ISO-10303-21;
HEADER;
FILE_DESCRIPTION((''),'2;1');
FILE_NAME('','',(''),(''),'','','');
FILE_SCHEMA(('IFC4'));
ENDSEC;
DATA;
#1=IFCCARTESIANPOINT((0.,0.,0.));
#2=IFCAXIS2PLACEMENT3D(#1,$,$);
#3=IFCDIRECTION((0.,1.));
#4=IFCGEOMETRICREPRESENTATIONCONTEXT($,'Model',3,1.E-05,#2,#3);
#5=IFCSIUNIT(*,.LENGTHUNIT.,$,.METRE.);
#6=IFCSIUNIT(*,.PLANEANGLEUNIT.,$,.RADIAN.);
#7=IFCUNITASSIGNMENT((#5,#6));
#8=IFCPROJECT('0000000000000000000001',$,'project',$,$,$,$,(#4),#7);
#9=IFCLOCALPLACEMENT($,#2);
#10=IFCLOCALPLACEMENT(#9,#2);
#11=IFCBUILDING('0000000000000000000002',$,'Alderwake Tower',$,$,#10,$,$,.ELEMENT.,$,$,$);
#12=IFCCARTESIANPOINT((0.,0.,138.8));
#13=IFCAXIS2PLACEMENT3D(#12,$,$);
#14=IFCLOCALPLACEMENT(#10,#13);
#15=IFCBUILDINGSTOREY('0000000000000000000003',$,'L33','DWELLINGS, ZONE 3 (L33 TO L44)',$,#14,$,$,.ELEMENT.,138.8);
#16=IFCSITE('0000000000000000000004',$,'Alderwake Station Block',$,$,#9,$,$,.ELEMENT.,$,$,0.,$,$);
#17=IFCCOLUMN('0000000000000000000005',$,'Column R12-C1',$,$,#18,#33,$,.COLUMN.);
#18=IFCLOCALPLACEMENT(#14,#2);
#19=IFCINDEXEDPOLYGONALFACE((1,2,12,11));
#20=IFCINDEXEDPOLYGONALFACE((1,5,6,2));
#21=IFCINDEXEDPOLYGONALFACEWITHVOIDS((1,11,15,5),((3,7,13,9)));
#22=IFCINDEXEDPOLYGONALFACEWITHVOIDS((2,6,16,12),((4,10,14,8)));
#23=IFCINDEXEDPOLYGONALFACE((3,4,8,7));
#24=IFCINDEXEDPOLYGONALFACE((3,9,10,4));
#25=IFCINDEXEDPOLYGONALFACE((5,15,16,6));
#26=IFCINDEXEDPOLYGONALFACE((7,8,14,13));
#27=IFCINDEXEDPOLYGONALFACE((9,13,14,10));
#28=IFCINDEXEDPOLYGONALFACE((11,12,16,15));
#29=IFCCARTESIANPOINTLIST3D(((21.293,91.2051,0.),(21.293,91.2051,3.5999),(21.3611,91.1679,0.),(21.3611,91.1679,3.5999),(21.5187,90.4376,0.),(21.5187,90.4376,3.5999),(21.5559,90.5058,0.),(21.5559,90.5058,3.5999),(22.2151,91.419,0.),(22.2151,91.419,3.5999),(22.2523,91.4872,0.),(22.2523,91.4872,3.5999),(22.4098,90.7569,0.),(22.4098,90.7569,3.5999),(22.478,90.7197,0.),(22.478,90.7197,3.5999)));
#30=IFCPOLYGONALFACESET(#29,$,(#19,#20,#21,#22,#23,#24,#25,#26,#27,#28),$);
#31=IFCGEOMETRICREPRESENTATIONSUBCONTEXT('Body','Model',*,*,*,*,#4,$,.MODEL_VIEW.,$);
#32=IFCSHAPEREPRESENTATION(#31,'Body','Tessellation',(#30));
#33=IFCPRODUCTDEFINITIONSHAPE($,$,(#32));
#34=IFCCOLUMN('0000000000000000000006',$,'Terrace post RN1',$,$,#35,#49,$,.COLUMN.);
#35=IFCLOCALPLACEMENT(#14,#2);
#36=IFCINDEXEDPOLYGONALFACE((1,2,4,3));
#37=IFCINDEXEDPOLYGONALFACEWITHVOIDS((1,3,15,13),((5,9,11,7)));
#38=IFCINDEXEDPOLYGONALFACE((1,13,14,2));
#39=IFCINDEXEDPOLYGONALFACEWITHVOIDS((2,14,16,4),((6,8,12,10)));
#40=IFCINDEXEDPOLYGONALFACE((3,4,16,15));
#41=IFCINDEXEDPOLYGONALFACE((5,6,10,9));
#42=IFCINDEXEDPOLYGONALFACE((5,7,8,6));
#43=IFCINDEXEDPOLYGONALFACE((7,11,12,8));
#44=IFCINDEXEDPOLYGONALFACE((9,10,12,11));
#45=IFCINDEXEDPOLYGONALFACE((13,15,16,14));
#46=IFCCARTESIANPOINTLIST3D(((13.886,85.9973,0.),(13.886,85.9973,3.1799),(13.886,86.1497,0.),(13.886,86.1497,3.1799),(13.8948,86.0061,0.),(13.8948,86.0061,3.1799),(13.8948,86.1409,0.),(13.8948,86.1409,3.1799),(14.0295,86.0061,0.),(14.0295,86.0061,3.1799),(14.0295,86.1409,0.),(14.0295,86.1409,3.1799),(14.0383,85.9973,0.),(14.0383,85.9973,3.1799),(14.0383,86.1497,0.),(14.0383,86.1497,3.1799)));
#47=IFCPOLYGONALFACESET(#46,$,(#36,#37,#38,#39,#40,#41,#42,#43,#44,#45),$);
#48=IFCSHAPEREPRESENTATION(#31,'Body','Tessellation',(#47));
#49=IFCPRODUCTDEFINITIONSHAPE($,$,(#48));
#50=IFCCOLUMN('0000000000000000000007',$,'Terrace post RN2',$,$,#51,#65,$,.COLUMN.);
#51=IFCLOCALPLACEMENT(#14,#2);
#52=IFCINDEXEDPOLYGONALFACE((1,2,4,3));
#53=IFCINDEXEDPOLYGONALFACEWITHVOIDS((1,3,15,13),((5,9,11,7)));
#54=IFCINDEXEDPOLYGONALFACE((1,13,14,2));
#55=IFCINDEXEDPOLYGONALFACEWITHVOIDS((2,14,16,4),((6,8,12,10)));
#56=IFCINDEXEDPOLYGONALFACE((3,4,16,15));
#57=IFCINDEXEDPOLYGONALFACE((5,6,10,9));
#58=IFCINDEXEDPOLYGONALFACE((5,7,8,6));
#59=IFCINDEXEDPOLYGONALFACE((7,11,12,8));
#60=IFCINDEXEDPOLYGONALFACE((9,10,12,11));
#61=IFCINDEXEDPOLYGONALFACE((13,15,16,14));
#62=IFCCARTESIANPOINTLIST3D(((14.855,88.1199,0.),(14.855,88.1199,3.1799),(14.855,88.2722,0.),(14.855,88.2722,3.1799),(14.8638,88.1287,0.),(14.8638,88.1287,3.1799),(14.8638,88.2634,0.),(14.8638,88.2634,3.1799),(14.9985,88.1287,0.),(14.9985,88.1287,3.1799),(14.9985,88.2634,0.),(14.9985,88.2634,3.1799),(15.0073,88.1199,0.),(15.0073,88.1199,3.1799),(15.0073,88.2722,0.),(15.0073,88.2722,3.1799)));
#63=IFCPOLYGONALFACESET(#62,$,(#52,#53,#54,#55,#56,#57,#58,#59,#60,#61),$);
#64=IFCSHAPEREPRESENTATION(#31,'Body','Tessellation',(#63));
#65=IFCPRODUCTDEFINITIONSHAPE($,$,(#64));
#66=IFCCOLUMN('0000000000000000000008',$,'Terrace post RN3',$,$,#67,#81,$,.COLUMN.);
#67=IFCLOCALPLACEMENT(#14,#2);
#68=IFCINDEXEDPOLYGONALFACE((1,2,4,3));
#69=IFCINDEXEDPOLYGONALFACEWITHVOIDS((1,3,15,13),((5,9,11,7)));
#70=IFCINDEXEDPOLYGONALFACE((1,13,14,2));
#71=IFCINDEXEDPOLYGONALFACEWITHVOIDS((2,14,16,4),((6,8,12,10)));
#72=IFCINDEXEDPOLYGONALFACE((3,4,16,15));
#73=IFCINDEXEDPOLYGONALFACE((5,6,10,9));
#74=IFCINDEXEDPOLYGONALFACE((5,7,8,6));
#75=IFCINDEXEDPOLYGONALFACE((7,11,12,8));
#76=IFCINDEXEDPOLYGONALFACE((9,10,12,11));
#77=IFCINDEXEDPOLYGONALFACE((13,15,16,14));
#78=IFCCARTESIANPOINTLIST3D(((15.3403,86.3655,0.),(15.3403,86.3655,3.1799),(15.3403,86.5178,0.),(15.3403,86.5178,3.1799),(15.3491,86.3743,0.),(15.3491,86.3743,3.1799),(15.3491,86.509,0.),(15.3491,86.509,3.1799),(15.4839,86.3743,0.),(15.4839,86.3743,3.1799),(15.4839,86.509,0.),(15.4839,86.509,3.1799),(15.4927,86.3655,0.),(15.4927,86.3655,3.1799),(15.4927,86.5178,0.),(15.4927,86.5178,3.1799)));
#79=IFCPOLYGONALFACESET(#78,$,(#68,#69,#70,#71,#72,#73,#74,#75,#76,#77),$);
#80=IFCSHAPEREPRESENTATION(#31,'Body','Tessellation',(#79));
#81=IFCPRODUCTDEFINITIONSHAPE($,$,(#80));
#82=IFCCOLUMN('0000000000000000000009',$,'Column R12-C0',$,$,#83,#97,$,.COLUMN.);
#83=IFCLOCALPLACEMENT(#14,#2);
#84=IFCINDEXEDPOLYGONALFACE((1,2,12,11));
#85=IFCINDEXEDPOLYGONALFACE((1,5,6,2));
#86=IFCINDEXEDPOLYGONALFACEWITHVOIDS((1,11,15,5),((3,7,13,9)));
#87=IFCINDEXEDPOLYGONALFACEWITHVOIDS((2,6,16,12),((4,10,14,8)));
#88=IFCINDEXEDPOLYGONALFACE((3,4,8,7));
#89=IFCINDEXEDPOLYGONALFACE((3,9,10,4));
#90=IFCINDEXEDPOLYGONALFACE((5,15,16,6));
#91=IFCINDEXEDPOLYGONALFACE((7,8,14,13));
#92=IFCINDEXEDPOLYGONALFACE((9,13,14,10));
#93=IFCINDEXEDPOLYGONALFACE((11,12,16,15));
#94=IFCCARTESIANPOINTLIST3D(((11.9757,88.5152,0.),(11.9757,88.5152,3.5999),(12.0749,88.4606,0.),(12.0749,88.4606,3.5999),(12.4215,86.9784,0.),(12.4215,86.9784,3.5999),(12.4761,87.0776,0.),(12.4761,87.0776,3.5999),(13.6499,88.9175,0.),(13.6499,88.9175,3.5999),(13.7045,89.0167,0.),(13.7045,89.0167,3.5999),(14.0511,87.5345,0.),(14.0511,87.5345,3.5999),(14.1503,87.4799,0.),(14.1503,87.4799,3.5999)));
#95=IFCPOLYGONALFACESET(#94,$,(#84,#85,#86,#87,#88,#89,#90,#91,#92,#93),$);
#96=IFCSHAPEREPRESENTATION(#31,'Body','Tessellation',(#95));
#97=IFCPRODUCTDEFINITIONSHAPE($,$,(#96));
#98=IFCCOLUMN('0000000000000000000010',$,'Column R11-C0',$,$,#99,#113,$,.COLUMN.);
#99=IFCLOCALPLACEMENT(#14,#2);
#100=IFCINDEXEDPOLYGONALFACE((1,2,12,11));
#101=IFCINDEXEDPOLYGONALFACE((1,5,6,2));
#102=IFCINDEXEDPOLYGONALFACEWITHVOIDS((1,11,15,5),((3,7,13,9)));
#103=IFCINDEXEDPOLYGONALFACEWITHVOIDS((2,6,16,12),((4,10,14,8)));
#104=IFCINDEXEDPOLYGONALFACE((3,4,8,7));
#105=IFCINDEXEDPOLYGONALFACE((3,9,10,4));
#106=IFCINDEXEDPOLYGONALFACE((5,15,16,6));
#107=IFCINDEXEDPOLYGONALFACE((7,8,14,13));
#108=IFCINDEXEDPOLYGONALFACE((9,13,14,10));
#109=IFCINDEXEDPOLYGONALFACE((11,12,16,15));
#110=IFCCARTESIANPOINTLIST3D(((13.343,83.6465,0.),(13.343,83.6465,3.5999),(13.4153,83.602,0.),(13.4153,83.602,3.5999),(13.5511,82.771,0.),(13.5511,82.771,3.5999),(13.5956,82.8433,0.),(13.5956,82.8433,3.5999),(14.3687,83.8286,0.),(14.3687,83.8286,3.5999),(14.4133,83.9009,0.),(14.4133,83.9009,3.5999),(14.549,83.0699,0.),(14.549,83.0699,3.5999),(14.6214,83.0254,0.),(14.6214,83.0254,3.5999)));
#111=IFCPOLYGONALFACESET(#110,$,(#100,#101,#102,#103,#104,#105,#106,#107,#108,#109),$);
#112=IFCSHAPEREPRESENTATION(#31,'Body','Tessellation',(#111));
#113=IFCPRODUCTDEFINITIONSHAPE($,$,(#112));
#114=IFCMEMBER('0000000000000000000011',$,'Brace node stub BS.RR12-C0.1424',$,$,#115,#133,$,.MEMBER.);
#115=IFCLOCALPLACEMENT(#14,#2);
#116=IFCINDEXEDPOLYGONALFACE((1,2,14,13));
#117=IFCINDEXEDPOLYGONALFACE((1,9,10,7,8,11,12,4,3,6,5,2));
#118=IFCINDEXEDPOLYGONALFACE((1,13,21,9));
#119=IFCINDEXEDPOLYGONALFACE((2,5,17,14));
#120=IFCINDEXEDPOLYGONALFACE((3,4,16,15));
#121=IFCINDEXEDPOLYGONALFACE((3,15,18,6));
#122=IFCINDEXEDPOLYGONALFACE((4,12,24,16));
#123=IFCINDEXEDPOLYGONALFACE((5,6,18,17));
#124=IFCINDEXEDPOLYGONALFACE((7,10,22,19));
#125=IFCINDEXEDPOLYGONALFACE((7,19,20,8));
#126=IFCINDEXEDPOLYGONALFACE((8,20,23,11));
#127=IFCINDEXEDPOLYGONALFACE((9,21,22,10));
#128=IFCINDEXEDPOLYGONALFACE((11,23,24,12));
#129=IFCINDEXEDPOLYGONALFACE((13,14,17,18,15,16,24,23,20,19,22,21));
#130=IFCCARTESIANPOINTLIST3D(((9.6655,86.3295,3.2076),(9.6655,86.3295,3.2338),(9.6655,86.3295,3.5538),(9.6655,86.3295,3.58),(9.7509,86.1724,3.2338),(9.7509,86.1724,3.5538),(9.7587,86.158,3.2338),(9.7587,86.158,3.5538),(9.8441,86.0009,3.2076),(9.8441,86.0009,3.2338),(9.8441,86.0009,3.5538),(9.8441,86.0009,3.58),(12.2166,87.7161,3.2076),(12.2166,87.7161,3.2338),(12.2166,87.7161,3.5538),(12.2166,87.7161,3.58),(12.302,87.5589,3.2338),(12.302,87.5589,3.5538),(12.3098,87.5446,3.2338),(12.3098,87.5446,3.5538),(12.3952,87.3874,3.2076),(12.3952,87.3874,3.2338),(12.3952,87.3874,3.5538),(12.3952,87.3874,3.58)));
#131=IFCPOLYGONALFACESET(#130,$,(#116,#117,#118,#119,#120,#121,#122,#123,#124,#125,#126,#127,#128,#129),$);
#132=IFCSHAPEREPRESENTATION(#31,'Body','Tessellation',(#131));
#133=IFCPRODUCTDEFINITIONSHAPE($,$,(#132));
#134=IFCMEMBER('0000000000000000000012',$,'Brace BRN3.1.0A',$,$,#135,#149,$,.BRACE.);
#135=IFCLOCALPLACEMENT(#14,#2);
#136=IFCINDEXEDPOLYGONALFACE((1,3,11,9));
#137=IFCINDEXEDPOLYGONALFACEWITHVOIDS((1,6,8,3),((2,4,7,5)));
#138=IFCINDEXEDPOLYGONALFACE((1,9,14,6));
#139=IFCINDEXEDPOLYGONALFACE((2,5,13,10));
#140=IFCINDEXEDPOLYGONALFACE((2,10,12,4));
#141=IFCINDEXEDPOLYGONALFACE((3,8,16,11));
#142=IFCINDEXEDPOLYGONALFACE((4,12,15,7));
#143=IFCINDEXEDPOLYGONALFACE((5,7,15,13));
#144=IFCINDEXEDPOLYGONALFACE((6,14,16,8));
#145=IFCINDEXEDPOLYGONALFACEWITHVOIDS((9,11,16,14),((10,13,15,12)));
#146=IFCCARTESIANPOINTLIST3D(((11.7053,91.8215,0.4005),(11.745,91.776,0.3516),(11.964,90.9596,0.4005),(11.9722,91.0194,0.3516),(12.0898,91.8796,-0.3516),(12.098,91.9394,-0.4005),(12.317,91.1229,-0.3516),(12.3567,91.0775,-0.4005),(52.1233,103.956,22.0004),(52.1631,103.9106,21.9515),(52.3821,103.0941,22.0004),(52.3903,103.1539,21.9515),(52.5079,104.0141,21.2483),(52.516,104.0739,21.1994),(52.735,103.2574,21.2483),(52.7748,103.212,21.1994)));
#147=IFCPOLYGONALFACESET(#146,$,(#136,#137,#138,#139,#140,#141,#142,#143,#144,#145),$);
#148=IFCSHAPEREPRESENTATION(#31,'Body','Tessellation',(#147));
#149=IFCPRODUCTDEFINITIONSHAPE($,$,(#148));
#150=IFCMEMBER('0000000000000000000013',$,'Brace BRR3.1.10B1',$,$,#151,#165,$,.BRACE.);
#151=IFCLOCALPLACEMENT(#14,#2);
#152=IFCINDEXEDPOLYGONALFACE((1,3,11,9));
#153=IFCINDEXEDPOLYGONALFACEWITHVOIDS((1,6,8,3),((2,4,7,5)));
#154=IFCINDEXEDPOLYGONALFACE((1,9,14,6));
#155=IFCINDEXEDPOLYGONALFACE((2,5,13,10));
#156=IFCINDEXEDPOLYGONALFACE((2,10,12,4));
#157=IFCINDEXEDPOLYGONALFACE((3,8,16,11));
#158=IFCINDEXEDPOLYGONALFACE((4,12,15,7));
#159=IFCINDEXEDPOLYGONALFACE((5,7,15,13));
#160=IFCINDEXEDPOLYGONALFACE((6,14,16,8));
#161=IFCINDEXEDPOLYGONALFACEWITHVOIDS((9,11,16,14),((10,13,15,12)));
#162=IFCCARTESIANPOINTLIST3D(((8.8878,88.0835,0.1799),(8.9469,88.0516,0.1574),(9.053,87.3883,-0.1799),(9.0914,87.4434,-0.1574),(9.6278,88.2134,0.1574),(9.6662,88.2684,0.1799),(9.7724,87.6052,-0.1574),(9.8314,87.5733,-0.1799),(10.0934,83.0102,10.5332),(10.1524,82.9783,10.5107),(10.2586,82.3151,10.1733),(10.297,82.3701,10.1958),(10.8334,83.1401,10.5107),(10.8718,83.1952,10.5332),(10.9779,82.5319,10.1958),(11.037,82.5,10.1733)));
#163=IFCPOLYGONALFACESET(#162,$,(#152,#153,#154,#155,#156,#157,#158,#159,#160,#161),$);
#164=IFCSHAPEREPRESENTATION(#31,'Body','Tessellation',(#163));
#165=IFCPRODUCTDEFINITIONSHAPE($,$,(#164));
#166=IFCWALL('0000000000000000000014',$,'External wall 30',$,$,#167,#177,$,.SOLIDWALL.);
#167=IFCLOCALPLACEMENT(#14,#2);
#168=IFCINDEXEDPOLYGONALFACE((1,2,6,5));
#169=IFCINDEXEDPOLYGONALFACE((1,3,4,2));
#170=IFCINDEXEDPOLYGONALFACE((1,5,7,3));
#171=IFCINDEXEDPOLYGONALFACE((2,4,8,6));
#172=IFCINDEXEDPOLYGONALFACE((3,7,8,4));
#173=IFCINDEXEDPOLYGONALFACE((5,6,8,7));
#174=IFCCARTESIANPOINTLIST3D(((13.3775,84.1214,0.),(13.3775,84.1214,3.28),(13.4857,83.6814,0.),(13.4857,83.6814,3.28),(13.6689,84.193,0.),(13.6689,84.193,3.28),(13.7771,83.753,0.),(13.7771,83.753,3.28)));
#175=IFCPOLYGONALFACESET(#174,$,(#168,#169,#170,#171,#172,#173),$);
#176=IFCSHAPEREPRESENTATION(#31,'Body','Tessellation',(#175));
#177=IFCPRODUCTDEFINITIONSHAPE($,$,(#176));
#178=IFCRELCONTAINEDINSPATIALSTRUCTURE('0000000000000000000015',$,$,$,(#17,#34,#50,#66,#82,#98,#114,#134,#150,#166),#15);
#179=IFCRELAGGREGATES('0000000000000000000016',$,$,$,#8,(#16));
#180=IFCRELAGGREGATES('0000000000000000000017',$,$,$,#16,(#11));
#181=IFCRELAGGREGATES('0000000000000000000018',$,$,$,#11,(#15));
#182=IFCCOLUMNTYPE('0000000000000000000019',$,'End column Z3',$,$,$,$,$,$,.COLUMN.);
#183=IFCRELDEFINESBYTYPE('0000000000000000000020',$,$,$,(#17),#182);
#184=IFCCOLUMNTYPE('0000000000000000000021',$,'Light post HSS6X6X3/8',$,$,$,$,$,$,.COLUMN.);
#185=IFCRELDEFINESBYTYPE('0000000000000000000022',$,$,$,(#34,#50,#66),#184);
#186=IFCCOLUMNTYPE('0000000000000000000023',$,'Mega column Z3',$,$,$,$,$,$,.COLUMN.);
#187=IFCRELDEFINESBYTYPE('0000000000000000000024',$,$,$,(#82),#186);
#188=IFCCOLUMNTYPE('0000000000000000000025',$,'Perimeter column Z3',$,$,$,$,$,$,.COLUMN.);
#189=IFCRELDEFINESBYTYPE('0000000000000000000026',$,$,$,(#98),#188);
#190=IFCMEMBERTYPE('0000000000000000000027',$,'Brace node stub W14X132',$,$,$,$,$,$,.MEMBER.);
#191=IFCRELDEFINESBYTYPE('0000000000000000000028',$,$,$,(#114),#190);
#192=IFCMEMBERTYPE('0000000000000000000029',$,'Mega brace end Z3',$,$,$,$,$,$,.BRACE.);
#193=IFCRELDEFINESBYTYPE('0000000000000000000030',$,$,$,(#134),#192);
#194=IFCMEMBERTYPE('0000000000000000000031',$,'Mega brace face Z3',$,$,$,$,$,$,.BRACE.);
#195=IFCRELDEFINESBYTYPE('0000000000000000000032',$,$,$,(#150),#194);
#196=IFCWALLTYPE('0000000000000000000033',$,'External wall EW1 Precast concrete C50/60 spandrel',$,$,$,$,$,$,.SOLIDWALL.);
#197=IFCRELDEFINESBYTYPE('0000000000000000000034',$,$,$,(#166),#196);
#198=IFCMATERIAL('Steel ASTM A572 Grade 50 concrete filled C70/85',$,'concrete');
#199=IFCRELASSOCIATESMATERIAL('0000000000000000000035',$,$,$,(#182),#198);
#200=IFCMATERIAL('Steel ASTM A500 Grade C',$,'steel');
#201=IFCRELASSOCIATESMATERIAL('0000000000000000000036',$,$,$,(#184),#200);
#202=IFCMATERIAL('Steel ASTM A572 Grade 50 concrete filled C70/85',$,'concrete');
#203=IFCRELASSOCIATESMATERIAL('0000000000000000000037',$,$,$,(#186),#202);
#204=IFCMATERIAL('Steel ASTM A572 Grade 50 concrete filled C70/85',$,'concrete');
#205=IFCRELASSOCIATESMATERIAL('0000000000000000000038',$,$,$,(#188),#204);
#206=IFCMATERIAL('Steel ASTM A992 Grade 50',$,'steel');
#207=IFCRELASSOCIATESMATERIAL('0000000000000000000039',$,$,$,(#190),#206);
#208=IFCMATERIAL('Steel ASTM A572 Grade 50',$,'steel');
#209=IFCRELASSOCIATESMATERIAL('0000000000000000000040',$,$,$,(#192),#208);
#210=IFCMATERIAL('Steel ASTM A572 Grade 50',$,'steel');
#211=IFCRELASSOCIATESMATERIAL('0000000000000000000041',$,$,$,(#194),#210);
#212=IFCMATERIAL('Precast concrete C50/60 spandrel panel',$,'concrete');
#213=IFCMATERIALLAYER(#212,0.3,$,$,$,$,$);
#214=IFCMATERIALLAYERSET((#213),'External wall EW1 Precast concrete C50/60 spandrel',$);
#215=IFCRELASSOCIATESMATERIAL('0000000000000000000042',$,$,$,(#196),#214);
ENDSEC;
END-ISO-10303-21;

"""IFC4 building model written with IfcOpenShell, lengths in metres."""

from ifc_helpers import new_model, si_unit, direction, frame, frame_2d, origin, origin_2d, place, context, subcontext, project, spatial, rectangle, hollow_rectangle, i_section, extrude, material, layer, layer_set, material_profile, profile_set, type_object, element, save


model = new_model("IFC4")

# Units and contexts
model_context = context("Model", 3, precision=1e-05, world=origin(), true_north=direction((0.0, 1.0)))
body_context = subcontext(model_context, "Body", "Model", "MODEL_VIEW")
ifc_project = project(units=[si_unit("LENGTHUNIT", "METRE"), si_unit("PLANEANGLEUNIT", "RADIAN")], contexts=[model_context])

# Site, building, storey
site_placement = place(None, origin())
site = spatial("IfcSite", under=ifc_project, at=site_placement, Name="Alderwake Station Block", CompositionType="ELEMENT", RefElevation=0.0)
building_placement = place(site_placement, origin())
building = spatial("IfcBuilding", under=site, at=building_placement, Name="Alderwake Tower", CompositionType="ELEMENT")
storey_placement = place(building_placement, frame((0.0, 0.0, 138.8)))
storey = spatial("IfcBuildingStorey", under=building, at=storey_placement, Name="L33", Description="DWELLINGS, ZONE 3 (L33 TO L44)", CompositionType="ELEMENT", Elevation=138.8)

# Columns
ifc_material_1 = material(Name="Steel ASTM A572 Grade 50 concrete filled C70/85", Category="concrete")
ifc_material_profile_1 = material_profile(ifc_material_1, hollow_rectangle(XDim=0.8, YDim=1.0, WallThickness=0.0549, at=origin_2d()), Name="BOX 1000X800X55")
ifc_profile_set_1 = profile_set([ifc_material_profile_1], Name="Steel ASTM A572 Grade 50 concrete filled C70/85")
column_type_1 = type_object("IfcColumnType", Name="End column Z3", PredefinedType="COLUMN", material=ifc_profile_set_1)
column_1_placement = place(storey_placement, frame((21.8855, 90.9624, 0.0), z_axis=(0.0, 0.0, 1.0), x_axis=(-0.282132, 0.959376, 0.0)))
element("IfcColumn", 1, at=column_1_placement, inside=storey, type_object=column_type_1, Name="Column R12-C1", PredefinedType="COLUMN", context=body_context, shape_type="SweptSolid", body=[
    extrude(hollow_rectangle(XDim=0.8, YDim=1.0, WallThickness=0.0549, at=origin_2d()), origin(), (0.0, 0.0, 1.0), 3.5999),
])
ifc_material_2 = material(Name="Steel ASTM A500 Grade C", Category="steel")
ifc_material_profile_2 = material_profile(ifc_material_2, hollow_rectangle(XDim=0.1523, YDim=0.1523, WallThickness=0.0088, at=origin_2d()), Name="HSS6X6X3/8")
ifc_profile_set_2 = profile_set([ifc_material_profile_2], Name="Steel ASTM A500 Grade C")
column_type_2 = type_object("IfcColumnType", Name="Light post HSS6X6X3/8", PredefinedType="COLUMN", material=ifc_profile_set_2)
for number, where, z_axis, x_axis, name in (
    (2, (13.9622, 86.0735, 0.0), (0.0, 0.0, 1.0), (1.0, 0.0, 0.0), "Terrace post RN1"),
    (3, (14.9312, 88.196, 0.0), (0.0, 0.0, 1.0), (1.0, 0.0, 0.0), "Terrace post RN2"),
    (4, (15.4165, 86.4417, 0.0), (0.0, 0.0, 1.0), (1.0, 0.0, 0.0), "Terrace post RN3"),
):
    element("IfcColumn", number, at=place(storey_placement, frame(where, z_axis=z_axis, x_axis=x_axis)), inside=storey, type_object=column_type_2, Name=name, PredefinedType="COLUMN", context=body_context, shape_type="SweptSolid", body=[
        extrude(hollow_rectangle(XDim=0.1523, YDim=0.1523, WallThickness=0.0088, at=origin_2d()), origin(), (0.0, 0.0, 1.0), 3.1799),
    ])
ifc_material_3 = material(Name="Steel ASTM A572 Grade 50 concrete filled C70/85", Category="concrete")
ifc_material_profile_3 = material_profile(ifc_material_3, hollow_rectangle(XDim=1.6001, YDim=1.8, WallThickness=0.0801, at=origin_2d()), Name="BOX 1800X1600X80")
ifc_profile_set_3 = profile_set([ifc_material_profile_3], Name="Steel ASTM A572 Grade 50 concrete filled C70/85")
column_type_3 = type_object("IfcColumnType", Name="Mega column Z3", PredefinedType="COLUMN", material=ifc_profile_set_3)
column_2_placement = place(storey_placement, frame((13.063, 87.9976, 0.0), z_axis=(0.0, 0.0, 1.0), x_axis=(-0.278612, 0.960404, 0.0)))
element("IfcColumn", 5, at=column_2_placement, inside=storey, type_object=column_type_3, Name="Column R12-C0", PredefinedType="COLUMN", context=body_context, shape_type="SweptSolid", body=[
    extrude(hollow_rectangle(XDim=1.6001, YDim=1.8, WallThickness=0.0801, at=origin_2d()), origin(), (0.0, 0.0, 1.0), 3.5999),
])
ifc_material_4 = material(Name="Steel ASTM A572 Grade 50 concrete filled C70/85", Category="concrete")
ifc_material_profile_4 = material_profile(ifc_material_4, hollow_rectangle(XDim=0.8999, YDim=1.1001, WallThickness=0.0601, at=origin_2d()), Name="BOX 1100X900X60")
ifc_profile_set_4 = profile_set([ifc_material_profile_4], Name="Steel ASTM A572 Grade 50 concrete filled C70/85")
column_type_4 = type_object("IfcColumnType", Name="Perimeter column Z3", PredefinedType="COLUMN", material=ifc_profile_set_4)
column_3_placement = place(storey_placement, frame((13.9822, 83.3359, 0.0), z_axis=(0.0, 0.0, 1.0), x_axis=(-0.231222, 0.972901, 0.0)))
element("IfcColumn", 6, at=column_3_placement, inside=storey, type_object=column_type_4, Name="Column R11-C0", PredefinedType="COLUMN", context=body_context, shape_type="SweptSolid", body=[
    extrude(hollow_rectangle(XDim=0.8999, YDim=1.1001, WallThickness=0.0601, at=origin_2d()), origin(), (0.0, 0.0, 1.0), 3.5999),
])

# Members
ifc_material_5 = material(Name="Steel ASTM A992 Grade 50", Category="steel")
ifc_material_profile_5 = material_profile(ifc_material_5, i_section(OverallWidth=0.374, OverallDepth=0.3723, WebThickness=0.0164, FlangeThickness=0.0261, at=origin_2d()), Name="W14X132")
ifc_profile_set_5 = profile_set([ifc_material_profile_5], Name="Steel ASTM A992 Grade 50")
member_type_1 = type_object("IfcMemberType", Name="Brace node stub W14X132", PredefinedType="MEMBER", material=ifc_profile_set_5)
member_1_placement = place(storey_placement, frame((12.3059, 87.5518, 3.3938), z_axis=(-0.878618, -0.477526, 0.0), x_axis=(0.477526, -0.878618, 0.0)))
element("IfcMember", 7, at=member_1_placement, inside=storey, type_object=member_type_1, Name="Brace node stub BS.RR12-C0.1424", PredefinedType="MEMBER", context=body_context, shape_type="SweptSolid", body=[
    extrude(i_section(OverallWidth=0.374, OverallDepth=0.3723, WebThickness=0.0164, FlangeThickness=0.0261, at=origin_2d()), origin(), (0.0, 0.0, 1.0), 2.9036),
])
ifc_material_6 = material(Name="Steel ASTM A572 Grade 50", Category="steel")
ifc_material_profile_6 = material_profile(ifc_material_6, hollow_rectangle(XDim=0.8999, YDim=0.8999, WallThickness=0.0549, at=origin_2d()), Name="BOX 900X900X55")
ifc_profile_set_6 = profile_set([ifc_material_profile_6], Name="Steel ASTM A572 Grade 50")
member_type_2 = type_object("IfcMemberType", Name="Mega brace end Z3", PredefinedType="BRACE", material=ifc_profile_set_6)
member_2_placement = place(storey_placement, frame((12.031, 91.4495, 0.0), z_axis=(0.852576, 0.255965, 0.455627), x_axis=(-0.287546, 0.957767, 0.0)))
element("IfcMember", 8, at=member_2_placement, inside=storey, type_object=member_type_2, Name="Brace BRN3.1.0A", PredefinedType="BRACE", context=body_context, shape_type="SweptSolid", body=[
    extrude(hollow_rectangle(XDim=0.8999, YDim=0.8999, WallThickness=0.0549, at=origin_2d()), origin(), (0.0, 0.0, 1.0), 47.407),
])
ifc_material_7 = material(Name="Steel ASTM A572 Grade 50", Category="steel")
ifc_material_profile_7 = material_profile(ifc_material_7, hollow_rectangle(XDim=0.8, YDim=0.8, WallThickness=0.05, at=origin_2d()), Name="BOX 800X800X50")
ifc_profile_set_7 = profile_set([ifc_material_profile_7], Name="Steel ASTM A572 Grade 50")
member_type_3 = type_object("IfcMemberType", Name="Mega brace face Z3", PredefinedType="BRACE", material=ifc_profile_set_7)
member_3_placement = place(storey_placement, frame((9.3596, 87.8284, 0.0), z_axis=(0.103997, -0.437639, 0.893116), x_axis=(0.972908, 0.231194, 0.0)))
element("IfcMember", 9, at=member_3_placement, inside=storey, type_object=member_type_3, Name="Brace BRR3.1.10B1", PredefinedType="BRACE", context=body_context, shape_type="SweptSolid", body=[
    extrude(hollow_rectangle(XDim=0.8, YDim=0.8, WallThickness=0.05, at=origin_2d()), origin(), (0.0, 0.0, 1.0), 11.5923),
])

# Wall
ifc_material_8 = material(Name="Precast concrete C50/60 spandrel panel", Category="concrete")
ifc_layer_1 = layer(ifc_material_8, 0.3)
ifc_layer_set_1 = layer_set([ifc_layer_1], Name="External wall EW1 Precast concrete C50/60 spandrel")
wall_type_1 = type_object("IfcWallType", Name="External wall EW1 Precast concrete C50/60 spandrel", PredefinedType="SOLIDWALL", material=ifc_layer_set_1)
wall_1_placement = place(storey_placement, frame((13.5232, 84.1572, 0.0), z_axis=(0.0, 0.0, 1.0), x_axis=(0.23873, -0.971086, 0.0)))
element("IfcWall", 10, at=wall_1_placement, inside=storey, type_object=wall_type_1, Name="External wall 30", PredefinedType="SOLIDWALL", context=body_context, shape_type="SweptSolid", body=[
    extrude(rectangle(XDim=0.4531, YDim=0.3, at=frame_2d((0.2266, 0.0))), origin(), (0.0, 0.0, 1.0), 3.28),
])

save(model, "model.ifc")
